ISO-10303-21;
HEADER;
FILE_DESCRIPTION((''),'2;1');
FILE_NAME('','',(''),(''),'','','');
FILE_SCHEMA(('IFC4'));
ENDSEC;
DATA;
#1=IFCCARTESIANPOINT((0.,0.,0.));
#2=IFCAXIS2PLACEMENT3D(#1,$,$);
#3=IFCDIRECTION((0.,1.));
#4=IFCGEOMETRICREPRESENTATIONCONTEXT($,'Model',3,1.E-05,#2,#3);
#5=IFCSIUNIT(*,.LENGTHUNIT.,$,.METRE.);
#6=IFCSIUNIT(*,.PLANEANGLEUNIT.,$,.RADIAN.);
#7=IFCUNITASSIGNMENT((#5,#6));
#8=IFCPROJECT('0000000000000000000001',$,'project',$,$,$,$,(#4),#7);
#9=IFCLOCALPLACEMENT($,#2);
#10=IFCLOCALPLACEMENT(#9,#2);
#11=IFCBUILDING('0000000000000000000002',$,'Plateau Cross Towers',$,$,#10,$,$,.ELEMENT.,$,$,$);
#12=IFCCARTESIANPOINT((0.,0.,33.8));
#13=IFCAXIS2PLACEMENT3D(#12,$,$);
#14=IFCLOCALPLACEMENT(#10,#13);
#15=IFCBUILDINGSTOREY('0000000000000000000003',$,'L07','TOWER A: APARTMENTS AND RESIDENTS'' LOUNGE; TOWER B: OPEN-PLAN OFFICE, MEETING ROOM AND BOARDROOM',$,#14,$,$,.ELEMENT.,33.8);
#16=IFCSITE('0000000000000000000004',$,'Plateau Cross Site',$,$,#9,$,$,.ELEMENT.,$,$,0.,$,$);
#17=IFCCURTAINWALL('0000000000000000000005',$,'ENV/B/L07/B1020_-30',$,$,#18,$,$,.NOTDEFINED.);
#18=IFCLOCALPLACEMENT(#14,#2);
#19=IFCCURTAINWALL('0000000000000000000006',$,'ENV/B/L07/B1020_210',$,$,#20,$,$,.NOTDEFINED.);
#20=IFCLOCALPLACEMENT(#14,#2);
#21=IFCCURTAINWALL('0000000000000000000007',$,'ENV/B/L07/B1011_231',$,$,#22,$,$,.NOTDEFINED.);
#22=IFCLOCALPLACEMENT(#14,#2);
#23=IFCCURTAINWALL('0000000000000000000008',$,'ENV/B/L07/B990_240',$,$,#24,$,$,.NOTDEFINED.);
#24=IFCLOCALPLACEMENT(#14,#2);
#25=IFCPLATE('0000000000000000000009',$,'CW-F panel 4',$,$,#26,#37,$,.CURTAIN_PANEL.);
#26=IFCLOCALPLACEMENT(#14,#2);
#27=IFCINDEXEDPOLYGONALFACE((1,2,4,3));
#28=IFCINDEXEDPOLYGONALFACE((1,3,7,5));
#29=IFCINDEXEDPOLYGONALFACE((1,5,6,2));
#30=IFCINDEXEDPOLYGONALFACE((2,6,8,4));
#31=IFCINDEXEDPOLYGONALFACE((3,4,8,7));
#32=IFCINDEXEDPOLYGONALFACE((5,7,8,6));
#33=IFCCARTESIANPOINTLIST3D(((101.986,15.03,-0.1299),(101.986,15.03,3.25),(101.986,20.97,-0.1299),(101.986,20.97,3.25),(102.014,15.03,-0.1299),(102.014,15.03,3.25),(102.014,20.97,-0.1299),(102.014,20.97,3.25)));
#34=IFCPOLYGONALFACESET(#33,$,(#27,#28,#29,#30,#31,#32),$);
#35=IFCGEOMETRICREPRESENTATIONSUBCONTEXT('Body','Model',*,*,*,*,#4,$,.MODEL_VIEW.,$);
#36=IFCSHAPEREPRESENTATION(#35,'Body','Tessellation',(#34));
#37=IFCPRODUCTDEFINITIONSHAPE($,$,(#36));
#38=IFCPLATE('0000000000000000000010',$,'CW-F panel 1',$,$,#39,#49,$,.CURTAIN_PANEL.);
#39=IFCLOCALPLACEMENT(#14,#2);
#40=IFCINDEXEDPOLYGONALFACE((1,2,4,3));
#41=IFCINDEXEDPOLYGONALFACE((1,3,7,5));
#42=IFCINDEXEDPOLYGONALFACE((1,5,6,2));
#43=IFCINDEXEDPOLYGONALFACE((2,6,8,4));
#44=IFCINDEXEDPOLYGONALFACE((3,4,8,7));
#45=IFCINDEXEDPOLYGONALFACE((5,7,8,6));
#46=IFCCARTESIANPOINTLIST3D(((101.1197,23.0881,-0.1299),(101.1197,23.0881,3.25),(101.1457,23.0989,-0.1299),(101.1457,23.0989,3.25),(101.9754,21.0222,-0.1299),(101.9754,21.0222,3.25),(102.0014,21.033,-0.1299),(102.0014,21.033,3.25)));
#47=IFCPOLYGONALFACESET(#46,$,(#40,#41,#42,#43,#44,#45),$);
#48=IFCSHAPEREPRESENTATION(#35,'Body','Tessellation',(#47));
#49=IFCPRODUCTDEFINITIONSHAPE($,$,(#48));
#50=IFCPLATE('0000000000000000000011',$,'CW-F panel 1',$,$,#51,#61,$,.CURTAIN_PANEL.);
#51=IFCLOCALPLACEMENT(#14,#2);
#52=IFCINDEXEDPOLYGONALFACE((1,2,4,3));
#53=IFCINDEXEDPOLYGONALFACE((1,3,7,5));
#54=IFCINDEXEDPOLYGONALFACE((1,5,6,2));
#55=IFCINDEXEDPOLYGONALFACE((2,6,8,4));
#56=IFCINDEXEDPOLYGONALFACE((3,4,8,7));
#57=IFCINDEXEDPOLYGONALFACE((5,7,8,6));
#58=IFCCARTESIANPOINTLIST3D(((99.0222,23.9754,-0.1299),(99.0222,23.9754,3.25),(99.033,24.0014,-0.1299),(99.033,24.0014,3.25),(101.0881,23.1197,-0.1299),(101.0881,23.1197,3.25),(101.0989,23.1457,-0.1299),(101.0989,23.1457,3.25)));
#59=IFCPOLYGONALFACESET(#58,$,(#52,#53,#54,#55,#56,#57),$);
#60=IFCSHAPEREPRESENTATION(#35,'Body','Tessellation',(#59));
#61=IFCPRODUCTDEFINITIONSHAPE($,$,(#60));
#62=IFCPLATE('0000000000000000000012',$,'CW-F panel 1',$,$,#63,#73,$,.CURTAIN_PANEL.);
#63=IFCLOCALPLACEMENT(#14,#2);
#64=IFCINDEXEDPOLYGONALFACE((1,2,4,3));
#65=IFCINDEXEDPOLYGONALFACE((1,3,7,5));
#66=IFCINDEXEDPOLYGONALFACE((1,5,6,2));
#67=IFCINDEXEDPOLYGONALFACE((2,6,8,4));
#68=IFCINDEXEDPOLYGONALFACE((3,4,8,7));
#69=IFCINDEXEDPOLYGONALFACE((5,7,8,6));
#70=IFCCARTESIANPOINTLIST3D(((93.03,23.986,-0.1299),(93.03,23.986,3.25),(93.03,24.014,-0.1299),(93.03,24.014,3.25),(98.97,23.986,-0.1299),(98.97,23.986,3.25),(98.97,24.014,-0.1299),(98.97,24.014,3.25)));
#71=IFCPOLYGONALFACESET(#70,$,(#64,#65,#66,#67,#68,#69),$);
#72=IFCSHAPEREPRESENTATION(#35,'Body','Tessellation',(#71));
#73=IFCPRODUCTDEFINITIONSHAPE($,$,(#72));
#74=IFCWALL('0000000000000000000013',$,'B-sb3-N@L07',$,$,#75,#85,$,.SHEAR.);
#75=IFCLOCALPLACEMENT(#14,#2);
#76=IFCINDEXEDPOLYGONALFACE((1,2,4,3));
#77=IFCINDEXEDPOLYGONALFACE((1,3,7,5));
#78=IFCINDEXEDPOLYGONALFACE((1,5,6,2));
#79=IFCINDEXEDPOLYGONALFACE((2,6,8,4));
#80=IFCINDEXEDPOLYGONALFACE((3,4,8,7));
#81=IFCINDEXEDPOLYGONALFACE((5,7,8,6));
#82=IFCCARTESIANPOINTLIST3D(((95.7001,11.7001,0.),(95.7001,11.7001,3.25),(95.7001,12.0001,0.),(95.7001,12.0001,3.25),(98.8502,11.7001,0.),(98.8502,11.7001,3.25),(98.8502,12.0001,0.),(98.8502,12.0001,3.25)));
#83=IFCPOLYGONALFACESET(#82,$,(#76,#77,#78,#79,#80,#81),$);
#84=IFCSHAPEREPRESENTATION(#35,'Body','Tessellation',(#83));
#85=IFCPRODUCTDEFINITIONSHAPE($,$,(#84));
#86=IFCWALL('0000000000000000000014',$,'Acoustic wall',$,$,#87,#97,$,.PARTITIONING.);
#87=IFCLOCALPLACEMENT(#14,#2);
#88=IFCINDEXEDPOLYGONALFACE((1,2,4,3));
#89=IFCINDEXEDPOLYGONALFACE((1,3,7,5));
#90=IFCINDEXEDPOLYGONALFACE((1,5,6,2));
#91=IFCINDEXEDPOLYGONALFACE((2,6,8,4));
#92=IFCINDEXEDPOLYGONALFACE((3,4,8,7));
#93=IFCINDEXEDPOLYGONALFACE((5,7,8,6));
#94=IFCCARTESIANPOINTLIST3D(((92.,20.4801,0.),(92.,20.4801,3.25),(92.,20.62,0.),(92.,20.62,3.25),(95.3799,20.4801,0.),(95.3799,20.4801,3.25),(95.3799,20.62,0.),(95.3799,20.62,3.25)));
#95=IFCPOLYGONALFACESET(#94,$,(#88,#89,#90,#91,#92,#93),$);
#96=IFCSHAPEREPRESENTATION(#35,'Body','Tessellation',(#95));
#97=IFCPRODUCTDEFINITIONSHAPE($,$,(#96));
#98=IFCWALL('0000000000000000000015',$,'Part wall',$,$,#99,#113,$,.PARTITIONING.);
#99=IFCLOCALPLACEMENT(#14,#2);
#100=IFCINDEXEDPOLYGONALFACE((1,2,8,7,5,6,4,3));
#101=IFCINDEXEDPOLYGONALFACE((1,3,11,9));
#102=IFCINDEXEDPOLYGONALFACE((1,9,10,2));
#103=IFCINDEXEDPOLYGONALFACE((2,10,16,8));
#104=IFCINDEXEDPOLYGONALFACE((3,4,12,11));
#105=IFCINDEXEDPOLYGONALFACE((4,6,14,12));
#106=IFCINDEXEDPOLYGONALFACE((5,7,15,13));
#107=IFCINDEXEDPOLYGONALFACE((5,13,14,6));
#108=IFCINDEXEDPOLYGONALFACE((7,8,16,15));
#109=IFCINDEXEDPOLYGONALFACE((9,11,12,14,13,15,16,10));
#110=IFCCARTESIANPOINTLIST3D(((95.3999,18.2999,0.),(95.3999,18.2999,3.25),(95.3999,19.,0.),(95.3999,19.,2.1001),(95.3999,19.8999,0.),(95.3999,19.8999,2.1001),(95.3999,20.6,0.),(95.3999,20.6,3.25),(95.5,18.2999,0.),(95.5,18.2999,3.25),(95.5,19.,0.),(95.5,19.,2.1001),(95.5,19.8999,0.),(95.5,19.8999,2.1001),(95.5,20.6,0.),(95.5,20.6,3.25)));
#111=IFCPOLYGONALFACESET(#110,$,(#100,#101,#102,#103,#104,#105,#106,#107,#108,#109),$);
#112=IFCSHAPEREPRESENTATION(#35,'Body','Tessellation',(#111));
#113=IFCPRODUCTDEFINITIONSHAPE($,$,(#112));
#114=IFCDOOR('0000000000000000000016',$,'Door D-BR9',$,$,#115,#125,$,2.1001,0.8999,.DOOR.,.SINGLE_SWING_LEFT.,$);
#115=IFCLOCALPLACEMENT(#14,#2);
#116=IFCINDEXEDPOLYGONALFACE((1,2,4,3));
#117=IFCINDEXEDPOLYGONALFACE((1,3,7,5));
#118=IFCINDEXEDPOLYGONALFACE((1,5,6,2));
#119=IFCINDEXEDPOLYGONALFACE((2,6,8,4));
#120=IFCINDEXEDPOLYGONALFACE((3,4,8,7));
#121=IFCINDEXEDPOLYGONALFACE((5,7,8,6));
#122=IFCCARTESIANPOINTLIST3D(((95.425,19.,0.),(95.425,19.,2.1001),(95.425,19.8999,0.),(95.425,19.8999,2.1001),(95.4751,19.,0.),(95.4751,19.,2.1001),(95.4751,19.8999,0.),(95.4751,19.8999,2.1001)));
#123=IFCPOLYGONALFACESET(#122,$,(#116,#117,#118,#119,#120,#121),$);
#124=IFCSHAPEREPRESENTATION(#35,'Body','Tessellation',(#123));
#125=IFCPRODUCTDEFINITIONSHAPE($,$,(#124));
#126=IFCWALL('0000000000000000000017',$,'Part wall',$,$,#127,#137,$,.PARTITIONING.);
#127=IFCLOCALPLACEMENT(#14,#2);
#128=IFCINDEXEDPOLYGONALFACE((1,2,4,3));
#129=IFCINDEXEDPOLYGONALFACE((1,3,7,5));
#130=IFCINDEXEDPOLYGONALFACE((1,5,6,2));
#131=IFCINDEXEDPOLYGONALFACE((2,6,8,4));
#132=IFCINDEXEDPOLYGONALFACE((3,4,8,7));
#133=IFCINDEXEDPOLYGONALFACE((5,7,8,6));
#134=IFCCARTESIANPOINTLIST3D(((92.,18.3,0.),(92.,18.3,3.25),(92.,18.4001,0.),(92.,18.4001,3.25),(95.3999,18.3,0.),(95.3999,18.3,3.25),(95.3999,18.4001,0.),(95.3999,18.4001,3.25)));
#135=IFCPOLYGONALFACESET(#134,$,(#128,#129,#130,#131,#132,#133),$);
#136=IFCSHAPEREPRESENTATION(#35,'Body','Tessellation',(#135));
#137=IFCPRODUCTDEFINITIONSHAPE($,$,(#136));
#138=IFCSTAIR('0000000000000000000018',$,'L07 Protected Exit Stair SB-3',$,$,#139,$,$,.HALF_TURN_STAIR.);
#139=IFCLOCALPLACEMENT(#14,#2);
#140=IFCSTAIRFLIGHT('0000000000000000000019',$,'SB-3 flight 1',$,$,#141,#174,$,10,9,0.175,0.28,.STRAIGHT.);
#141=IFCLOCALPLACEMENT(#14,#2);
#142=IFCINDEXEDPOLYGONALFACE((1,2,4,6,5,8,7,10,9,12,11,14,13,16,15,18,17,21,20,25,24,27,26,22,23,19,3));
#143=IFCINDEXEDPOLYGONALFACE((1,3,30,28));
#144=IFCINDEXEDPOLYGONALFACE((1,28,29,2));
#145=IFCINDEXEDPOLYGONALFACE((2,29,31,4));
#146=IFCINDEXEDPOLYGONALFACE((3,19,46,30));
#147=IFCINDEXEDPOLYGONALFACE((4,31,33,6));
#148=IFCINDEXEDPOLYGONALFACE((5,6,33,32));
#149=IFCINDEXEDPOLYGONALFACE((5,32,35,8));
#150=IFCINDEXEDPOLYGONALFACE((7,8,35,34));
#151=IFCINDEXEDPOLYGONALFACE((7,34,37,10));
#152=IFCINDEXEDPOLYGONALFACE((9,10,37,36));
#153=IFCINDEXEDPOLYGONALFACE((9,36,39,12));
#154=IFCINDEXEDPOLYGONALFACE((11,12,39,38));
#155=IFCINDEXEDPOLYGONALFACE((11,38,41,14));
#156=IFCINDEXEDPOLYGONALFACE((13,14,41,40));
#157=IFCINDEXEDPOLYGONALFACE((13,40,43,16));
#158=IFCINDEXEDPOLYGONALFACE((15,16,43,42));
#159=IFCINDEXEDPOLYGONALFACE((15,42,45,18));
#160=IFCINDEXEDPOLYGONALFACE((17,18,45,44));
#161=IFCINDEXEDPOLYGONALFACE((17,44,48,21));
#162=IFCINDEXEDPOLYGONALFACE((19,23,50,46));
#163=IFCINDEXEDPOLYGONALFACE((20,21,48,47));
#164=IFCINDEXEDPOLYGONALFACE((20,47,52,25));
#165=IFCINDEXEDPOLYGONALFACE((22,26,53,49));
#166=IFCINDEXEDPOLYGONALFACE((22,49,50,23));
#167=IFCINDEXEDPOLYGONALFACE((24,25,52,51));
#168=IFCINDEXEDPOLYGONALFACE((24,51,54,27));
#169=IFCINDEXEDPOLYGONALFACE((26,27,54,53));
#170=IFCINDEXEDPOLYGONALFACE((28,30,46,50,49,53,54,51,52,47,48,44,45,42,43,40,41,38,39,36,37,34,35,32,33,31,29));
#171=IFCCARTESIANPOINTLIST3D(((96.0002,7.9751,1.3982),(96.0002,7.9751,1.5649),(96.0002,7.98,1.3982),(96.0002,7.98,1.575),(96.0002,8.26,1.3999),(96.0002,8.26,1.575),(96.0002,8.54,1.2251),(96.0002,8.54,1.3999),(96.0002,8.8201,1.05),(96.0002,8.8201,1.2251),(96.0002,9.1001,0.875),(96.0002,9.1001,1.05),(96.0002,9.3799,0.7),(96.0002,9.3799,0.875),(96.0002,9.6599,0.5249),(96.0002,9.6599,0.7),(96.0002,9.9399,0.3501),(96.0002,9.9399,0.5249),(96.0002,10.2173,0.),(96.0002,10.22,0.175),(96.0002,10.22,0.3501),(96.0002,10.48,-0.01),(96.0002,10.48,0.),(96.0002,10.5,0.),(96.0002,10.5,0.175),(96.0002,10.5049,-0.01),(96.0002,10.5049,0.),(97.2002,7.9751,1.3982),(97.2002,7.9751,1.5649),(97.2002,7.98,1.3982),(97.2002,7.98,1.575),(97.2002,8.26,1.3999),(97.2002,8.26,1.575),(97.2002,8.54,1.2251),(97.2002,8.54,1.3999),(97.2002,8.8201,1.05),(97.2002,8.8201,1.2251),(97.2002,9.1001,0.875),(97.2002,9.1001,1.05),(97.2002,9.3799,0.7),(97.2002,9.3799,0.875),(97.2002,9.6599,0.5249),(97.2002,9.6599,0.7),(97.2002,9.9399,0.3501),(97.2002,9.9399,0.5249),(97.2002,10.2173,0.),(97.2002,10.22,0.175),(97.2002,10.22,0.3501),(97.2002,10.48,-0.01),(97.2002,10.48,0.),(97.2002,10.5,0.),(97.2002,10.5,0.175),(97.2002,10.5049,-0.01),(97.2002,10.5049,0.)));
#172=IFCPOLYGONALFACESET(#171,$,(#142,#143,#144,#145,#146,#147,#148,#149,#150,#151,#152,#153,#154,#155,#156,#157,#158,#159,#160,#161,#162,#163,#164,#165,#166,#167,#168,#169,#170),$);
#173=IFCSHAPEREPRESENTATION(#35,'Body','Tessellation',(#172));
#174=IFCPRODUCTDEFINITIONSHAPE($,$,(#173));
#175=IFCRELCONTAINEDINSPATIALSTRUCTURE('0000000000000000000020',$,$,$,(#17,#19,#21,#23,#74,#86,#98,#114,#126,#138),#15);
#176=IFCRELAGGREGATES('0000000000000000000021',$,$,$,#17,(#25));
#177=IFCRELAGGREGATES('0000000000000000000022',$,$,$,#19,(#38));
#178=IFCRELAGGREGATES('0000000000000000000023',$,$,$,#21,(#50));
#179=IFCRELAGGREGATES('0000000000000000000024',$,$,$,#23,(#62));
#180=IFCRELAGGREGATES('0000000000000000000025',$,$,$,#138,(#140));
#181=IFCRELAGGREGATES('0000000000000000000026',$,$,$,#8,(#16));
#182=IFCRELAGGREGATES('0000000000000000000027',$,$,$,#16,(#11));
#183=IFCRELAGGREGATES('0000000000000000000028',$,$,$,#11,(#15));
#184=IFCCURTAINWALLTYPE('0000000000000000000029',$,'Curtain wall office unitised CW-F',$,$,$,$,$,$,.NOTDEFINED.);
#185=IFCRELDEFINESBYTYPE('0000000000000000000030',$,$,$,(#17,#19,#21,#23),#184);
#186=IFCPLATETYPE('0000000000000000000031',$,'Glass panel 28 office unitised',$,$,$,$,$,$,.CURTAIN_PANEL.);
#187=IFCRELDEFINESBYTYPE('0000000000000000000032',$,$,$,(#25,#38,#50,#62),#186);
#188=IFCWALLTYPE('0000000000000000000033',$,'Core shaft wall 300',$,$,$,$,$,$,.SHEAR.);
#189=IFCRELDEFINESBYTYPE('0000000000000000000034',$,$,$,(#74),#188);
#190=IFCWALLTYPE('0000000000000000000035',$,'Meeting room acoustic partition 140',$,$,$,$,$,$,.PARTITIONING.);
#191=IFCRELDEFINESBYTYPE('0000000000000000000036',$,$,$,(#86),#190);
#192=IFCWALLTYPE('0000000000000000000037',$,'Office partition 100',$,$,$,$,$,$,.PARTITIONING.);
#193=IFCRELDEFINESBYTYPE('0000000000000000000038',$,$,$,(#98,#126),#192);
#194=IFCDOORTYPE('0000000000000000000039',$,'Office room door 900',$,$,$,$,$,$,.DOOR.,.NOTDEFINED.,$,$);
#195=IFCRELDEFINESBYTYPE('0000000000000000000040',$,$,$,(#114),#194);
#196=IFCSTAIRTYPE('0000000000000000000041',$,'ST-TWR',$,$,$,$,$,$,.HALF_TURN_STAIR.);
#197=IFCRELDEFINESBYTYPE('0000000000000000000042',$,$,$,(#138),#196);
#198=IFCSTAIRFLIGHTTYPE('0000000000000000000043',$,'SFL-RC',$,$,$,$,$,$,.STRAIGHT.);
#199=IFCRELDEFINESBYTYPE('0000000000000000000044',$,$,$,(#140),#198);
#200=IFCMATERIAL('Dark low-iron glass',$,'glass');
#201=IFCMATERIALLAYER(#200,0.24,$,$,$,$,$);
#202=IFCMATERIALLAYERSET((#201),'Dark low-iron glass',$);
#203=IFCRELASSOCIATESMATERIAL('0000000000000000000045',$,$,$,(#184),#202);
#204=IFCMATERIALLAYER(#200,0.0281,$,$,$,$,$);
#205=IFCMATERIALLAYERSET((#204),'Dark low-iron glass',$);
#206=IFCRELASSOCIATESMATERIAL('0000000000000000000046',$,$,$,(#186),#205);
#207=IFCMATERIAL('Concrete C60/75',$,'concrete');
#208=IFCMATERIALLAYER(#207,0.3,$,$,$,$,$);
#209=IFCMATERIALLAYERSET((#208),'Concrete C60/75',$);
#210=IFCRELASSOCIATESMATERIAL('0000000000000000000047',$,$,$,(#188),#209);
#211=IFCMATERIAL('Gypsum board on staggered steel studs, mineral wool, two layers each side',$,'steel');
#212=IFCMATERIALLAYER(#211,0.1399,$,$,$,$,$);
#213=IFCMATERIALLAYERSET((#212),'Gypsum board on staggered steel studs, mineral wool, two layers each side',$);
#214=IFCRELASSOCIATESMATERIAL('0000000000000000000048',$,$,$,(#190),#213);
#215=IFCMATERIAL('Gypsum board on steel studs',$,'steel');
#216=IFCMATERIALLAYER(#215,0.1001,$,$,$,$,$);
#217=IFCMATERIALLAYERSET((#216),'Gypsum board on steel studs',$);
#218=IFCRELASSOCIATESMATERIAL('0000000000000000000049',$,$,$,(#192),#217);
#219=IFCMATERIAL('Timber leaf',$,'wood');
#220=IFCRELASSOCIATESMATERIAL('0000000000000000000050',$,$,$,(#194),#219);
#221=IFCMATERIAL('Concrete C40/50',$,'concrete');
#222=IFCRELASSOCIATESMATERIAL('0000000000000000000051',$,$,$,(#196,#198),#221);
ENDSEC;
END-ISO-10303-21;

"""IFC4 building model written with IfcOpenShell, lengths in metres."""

from ifc_helpers import new_model, si_unit, direction, frame, frame_2d, origin, origin_2d, place, context, subcontext, project, spatial, polyline, rectangle, outline, extrude, material, layer, layer_set, type_object, element, fill, aggregate, save


model = new_model("IFC4")

# Units and contexts
model_context = context("Model", 3, precision=1e-05, world=origin(), true_north=direction((0.0, 1.0)))
body_context = subcontext(model_context, "Body", "Model", "MODEL_VIEW")
ifc_project = project(units=[si_unit("LENGTHUNIT", "METRE"), si_unit("PLANEANGLEUNIT", "RADIAN")], contexts=[model_context])

# Site, building, storey
site_placement = place(None, origin())
site = spatial("IfcSite", under=ifc_project, at=site_placement, Name="Plateau Cross Site", CompositionType="ELEMENT", RefElevation=0.0)
building_placement = place(site_placement, origin())
building = spatial("IfcBuilding", under=site, at=building_placement, Name="Plateau Cross Towers", CompositionType="ELEMENT")
storey_placement = place(building_placement, frame((0.0, 0.0, 33.8)))
storey = spatial("IfcBuildingStorey", under=building, at=storey_placement, Name="L07", Description="TOWER A: APARTMENTS AND RESIDENTS' LOUNGE; TOWER B: OPEN-PLAN OFFICE, MEETING ROOM AND BOARDROOM", CompositionType="ELEMENT", Elevation=33.8)

# Shared definitions
ifc_material_1 = material(Name="Concrete C60/75", Category="concrete")

# Curtain wall
ifc_material_2 = material(Name="Dark low-iron glass", Category="glass")
ifc_layer_1 = layer(ifc_material_2, 0.24)
ifc_layer_set_1 = layer_set([ifc_layer_1], Name="Dark low-iron glass")
curtain_wall_type = type_object("IfcCurtainWallType", Name="Curtain wall office unitised CW-F", PredefinedType="NOTDEFINED", material=ifc_layer_set_1)
curtain_wall_1_placement = place(storey_placement, origin())
curtain_wall_1 = element("IfcCurtainWall", 1, at=curtain_wall_1_placement, inside=storey, type_object=curtain_wall_type, Name="ENV/B/L07/B1020_-30", PredefinedType="NOTDEFINED")

# Curtain walls
curtain_wall_2_placement = place(storey_placement, origin())
curtain_wall_2 = element("IfcCurtainWall", 2, at=curtain_wall_2_placement, inside=storey, type_object=curtain_wall_type, Name="ENV/B/L07/B1020_210", PredefinedType="NOTDEFINED")
curtain_wall_3_placement = place(storey_placement, origin())
curtain_wall_3 = element("IfcCurtainWall", 3, at=curtain_wall_3_placement, inside=storey, type_object=curtain_wall_type, Name="ENV/B/L07/B1011_231", PredefinedType="NOTDEFINED")

# Curtain wall
curtain_wall_4_placement = place(storey_placement, origin())
curtain_wall_4 = element("IfcCurtainWall", 4, at=curtain_wall_4_placement, inside=storey, type_object=curtain_wall_type, Name="ENV/B/L07/B990_240", PredefinedType="NOTDEFINED")

# Plates
ifc_layer_2 = layer(ifc_material_2, 0.0281)
ifc_layer_set_2 = layer_set([ifc_layer_2], Name="Dark low-iron glass")
plate_type = type_object("IfcPlateType", Name="Glass panel 28 office unitised", PredefinedType="CURTAIN_PANEL", material=ifc_layer_set_2)
plate_1_placement = place(storey_placement, frame((102.0, 18.0, -0.1299), z_axis=(0.0, 0.0, 1.0), x_axis=(0.0, 1.0, 0.0)))
plate_1 = element("IfcPlate", 5, at=plate_1_placement, type_object=plate_type, Name="CW-F panel 4", PredefinedType="CURTAIN_PANEL", context=body_context, shape_type="SweptSolid", body=[
    extrude(rectangle(XDim=5.9399, YDim=0.0281, at=origin_2d()), origin(), (0.0, 0.0, 1.0), 3.3799),
])
aggregate(curtain_wall_1, [plate_1])
plate_2_placement = place(storey_placement, frame((101.5605, 22.0605, -0.1299), z_axis=(0.0, 0.0, 1.0), x_axis=(-0.382684, 0.923879, 0.0)))
plate_2 = element("IfcPlate", 6, at=plate_2_placement, type_object=plate_type, Name="CW-F panel 1", PredefinedType="CURTAIN_PANEL", context=body_context, shape_type="SweptSolid", body=[
    extrude(rectangle(XDim=2.2361, YDim=0.0281, at=origin_2d()), origin(), (0.0, 0.0, 1.0), 3.3799),
])
aggregate(curtain_wall_2, [plate_2])
plate_3_placement = place(storey_placement, frame((100.0605, 23.5605, -0.1299), z_axis=(0.0, 0.0, 1.0), x_axis=(-0.923879, 0.382684, 0.0)))
plate_3 = element("IfcPlate", 7, at=plate_3_placement, type_object=plate_type, Name="CW-F panel 1", PredefinedType="CURTAIN_PANEL", context=body_context, shape_type="SweptSolid", body=[
    extrude(rectangle(XDim=2.2361, YDim=0.0281, at=origin_2d()), origin(), (0.0, 0.0, 1.0), 3.3799),
])
aggregate(curtain_wall_3, [plate_3])
plate_4_placement = place(storey_placement, frame((96.0, 24.0, -0.1299), z_axis=(0.0, 0.0, 1.0), x_axis=(-1.0, 0.0, 0.0)))
plate_4 = element("IfcPlate", 8, at=plate_4_placement, type_object=plate_type, Name="CW-F panel 1", PredefinedType="CURTAIN_PANEL", context=body_context, shape_type="SweptSolid", body=[
    extrude(rectangle(XDim=5.9399, YDim=0.0281, at=origin_2d()), origin(), (0.0, 0.0, 1.0), 3.3799),
])
aggregate(curtain_wall_4, [plate_4])

# Wall
ifc_layer_3 = layer(ifc_material_1, 0.3)
ifc_layer_set_3 = layer_set([ifc_layer_3], Name="Concrete C60/75")
wall_type_1 = type_object("IfcWallType", Name="Core shaft wall 300", PredefinedType="SHEAR", material=ifc_layer_set_3)
wall_1_placement = place(storey_placement, frame((95.7, 11.8501, 0.0), z_axis=(0.0, 0.0, 1.0), x_axis=(1.0, 0.0, 0.0)))
element("IfcWall", 9, at=wall_1_placement, inside=storey, type_object=wall_type_1, Name="B-sb3-N@L07", PredefinedType="SHEAR", context=body_context, shape_type="SweptSolid", body=[
    extrude(rectangle(XDim=3.1501, YDim=0.3, at=frame_2d((1.5752, 0.0))), origin(), (0.0, 0.0, 1.0), 3.25),
])

# Shared definitions
ifc_material_3 = material(Name="Gypsum board on staggered steel studs, mineral wool, two layers each side", Category="steel")
ifc_layer_4 = layer(ifc_material_3, 0.1399)
ifc_layer_set_4 = layer_set([ifc_layer_4], Name="Gypsum board on staggered steel studs, mineral wool, two layers each side")
wall_type_2 = type_object("IfcWallType", Name="Meeting room acoustic partition 140", PredefinedType="PARTITIONING", material=ifc_layer_set_4)

# Wall
wall_2_placement = place(storey_placement, frame((92.0, 20.55, 0.0), z_axis=(0.0, 0.0, 1.0), x_axis=(1.0, 0.0, 0.0)))
element("IfcWall", 10, at=wall_2_placement, inside=storey, type_object=wall_type_2, Name="Acoustic wall", PredefinedType="PARTITIONING", context=body_context, shape_type="SweptSolid", body=[
    extrude(rectangle(XDim=3.3799, YDim=0.1399, at=frame_2d((1.6899, 0.0))), origin(), (0.0, 0.0, 1.0), 3.25),
])

# Wall, opening, door
ifc_material_4 = material(Name="Gypsum board on steel studs", Category="steel")
ifc_layer_5 = layer(ifc_material_4, 0.1001)
ifc_layer_set_5 = layer_set([ifc_layer_5], Name="Gypsum board on steel studs")
wall_type_3 = type_object("IfcWallType", Name="Office partition 100", PredefinedType="PARTITIONING", material=ifc_layer_set_5)
wall_3_placement = place(storey_placement, frame((95.45, 18.3, 0.0), z_axis=(0.0, 0.0, 1.0), x_axis=(0.0, 1.0, 0.0)))
wall_3 = element("IfcWall", 11, at=wall_3_placement, inside=storey, type_object=wall_type_3, Name="Part wall", PredefinedType="PARTITIONING", context=body_context, shape_type="SweptSolid", body=[
    extrude(rectangle(XDim=2.3, YDim=0.1001, at=frame_2d((1.1499, 0.0))), origin(), (0.0, 0.0, 1.0), 3.25),
])
opening_1_placement = place(wall_3_placement, frame((0.7, 0.0, 0.0)))
opening_1 = element("IfcOpeningElement", 12, at=opening_1_placement, cuts=wall_3, PredefinedType="OPENING", context=body_context, shape_type="SweptSolid", body=[
    extrude(rectangle(XDim=0.8999, YDim=2.1001, at=frame_2d((0.45, 1.05))), frame((0.0, 0.0601, 0.0), z_axis=(0.0, -1.0, 0.0), x_axis=(1.0, 0.0, 0.0)), (0.0, 0.0, 1.0), 0.1201),
])
ifc_material_5 = material(Name="Timber leaf", Category="wood")
door_type_1 = type_object("IfcDoorType", Name="Office room door 900", OperationType="NOTDEFINED", PredefinedType="DOOR", material=ifc_material_5)
door_1_placement = place(opening_1_placement, origin())
door_1 = element("IfcDoor", 13, at=door_1_placement, inside=storey, type_object=door_type_1, Name="Door D-BR9", OperationType="SINGLE_SWING_LEFT", OverallHeight=2.1001, OverallWidth=0.8999, PredefinedType="DOOR", context=body_context, shape_type="SweptSolid", body=[
    extrude(rectangle(XDim=0.8999, YDim=2.1001, at=frame_2d((0.45, 1.05))), frame((0.0, 0.0249, 0.0), z_axis=(0.0, -1.0, 0.0), x_axis=(1.0, 0.0, 0.0)), (0.0, 0.0, 1.0), 0.05),
])
fill(opening_1, door_1)

# Wall
wall_4_placement = place(storey_placement, frame((92.0, 18.3501, 0.0), z_axis=(0.0, 0.0, 1.0), x_axis=(1.0, 0.0, 0.0)))
element("IfcWall", 14, at=wall_4_placement, inside=storey, type_object=wall_type_3, Name="Part wall", PredefinedType="PARTITIONING", context=body_context, shape_type="SweptSolid", body=[
    extrude(rectangle(XDim=3.3999, YDim=0.1001, at=frame_2d((1.7, 0.0))), origin(), (0.0, 0.0, 1.0), 3.25),
])

# Stair, stair flight
ifc_material_6 = material(Name="Concrete C40/50", Category="concrete")
stair_type = type_object("IfcStairType", Name="ST-TWR", PredefinedType="HALF_TURN_STAIR", material=ifc_material_6)
stair_placement = place(storey_placement, origin())
stair = element("IfcStair", 15, at=stair_placement, inside=storey, type_object=stair_type, Name="L07 Protected Exit Stair SB-3", PredefinedType="HALF_TURN_STAIR")
stair_flight_type = type_object("IfcStairFlightType", Name="SFL-RC", PredefinedType="STRAIGHT", material=ifc_material_6)
stair_flight_1_placement = place(storey_placement, frame((96.6001, 10.5, 0.0), z_axis=(0.0, 0.0, 1.0), x_axis=(0.0, -1.0, 0.0)))
stair_flight_1 = element("IfcStairFlight", 16, at=stair_flight_1_placement, type_object=stair_flight_type, Name="SB-3 flight 1", NumberOfRisers=10, NumberOfTreads=9, PredefinedType="STRAIGHT", RiserHeight=0.175, TreadLength=0.28, context=body_context, shape_type="SweptSolid", body=[
    extrude(outline(polyline([(-0.0049, -0.01), (-0.0049, 0.0), (0.0, 0.0), (0.0, 0.175), (0.28, 0.175), (0.28, 0.3501), (0.5601, 0.3501), (0.5601, 0.5249), (0.8401, 0.5249), (0.8401, 0.7), (1.1201, 0.7), (1.1201, 0.875), (1.3999, 0.875), (1.3999, 1.05), (1.6799, 1.05), (1.6799, 1.2251), (1.96, 1.2251), (1.96, 1.3999), (2.24, 1.3999), (2.24, 1.575), (2.52, 1.575), (2.5249, 1.5649), (2.5249, 1.3982), (2.52, 1.3982), (0.2827, 0.0), (0.02, 0.0), (0.02, -0.01), (-0.0049, -0.01)])), frame((0.0, 0.6001, 0.0), z_axis=(0.0, -1.0, 0.0), x_axis=(1.0, 0.0, 0.0)), (0.0, 0.0, 1.0), 1.2),
])
aggregate(stair, [stair_flight_1])

save(model, "model.ifc")
